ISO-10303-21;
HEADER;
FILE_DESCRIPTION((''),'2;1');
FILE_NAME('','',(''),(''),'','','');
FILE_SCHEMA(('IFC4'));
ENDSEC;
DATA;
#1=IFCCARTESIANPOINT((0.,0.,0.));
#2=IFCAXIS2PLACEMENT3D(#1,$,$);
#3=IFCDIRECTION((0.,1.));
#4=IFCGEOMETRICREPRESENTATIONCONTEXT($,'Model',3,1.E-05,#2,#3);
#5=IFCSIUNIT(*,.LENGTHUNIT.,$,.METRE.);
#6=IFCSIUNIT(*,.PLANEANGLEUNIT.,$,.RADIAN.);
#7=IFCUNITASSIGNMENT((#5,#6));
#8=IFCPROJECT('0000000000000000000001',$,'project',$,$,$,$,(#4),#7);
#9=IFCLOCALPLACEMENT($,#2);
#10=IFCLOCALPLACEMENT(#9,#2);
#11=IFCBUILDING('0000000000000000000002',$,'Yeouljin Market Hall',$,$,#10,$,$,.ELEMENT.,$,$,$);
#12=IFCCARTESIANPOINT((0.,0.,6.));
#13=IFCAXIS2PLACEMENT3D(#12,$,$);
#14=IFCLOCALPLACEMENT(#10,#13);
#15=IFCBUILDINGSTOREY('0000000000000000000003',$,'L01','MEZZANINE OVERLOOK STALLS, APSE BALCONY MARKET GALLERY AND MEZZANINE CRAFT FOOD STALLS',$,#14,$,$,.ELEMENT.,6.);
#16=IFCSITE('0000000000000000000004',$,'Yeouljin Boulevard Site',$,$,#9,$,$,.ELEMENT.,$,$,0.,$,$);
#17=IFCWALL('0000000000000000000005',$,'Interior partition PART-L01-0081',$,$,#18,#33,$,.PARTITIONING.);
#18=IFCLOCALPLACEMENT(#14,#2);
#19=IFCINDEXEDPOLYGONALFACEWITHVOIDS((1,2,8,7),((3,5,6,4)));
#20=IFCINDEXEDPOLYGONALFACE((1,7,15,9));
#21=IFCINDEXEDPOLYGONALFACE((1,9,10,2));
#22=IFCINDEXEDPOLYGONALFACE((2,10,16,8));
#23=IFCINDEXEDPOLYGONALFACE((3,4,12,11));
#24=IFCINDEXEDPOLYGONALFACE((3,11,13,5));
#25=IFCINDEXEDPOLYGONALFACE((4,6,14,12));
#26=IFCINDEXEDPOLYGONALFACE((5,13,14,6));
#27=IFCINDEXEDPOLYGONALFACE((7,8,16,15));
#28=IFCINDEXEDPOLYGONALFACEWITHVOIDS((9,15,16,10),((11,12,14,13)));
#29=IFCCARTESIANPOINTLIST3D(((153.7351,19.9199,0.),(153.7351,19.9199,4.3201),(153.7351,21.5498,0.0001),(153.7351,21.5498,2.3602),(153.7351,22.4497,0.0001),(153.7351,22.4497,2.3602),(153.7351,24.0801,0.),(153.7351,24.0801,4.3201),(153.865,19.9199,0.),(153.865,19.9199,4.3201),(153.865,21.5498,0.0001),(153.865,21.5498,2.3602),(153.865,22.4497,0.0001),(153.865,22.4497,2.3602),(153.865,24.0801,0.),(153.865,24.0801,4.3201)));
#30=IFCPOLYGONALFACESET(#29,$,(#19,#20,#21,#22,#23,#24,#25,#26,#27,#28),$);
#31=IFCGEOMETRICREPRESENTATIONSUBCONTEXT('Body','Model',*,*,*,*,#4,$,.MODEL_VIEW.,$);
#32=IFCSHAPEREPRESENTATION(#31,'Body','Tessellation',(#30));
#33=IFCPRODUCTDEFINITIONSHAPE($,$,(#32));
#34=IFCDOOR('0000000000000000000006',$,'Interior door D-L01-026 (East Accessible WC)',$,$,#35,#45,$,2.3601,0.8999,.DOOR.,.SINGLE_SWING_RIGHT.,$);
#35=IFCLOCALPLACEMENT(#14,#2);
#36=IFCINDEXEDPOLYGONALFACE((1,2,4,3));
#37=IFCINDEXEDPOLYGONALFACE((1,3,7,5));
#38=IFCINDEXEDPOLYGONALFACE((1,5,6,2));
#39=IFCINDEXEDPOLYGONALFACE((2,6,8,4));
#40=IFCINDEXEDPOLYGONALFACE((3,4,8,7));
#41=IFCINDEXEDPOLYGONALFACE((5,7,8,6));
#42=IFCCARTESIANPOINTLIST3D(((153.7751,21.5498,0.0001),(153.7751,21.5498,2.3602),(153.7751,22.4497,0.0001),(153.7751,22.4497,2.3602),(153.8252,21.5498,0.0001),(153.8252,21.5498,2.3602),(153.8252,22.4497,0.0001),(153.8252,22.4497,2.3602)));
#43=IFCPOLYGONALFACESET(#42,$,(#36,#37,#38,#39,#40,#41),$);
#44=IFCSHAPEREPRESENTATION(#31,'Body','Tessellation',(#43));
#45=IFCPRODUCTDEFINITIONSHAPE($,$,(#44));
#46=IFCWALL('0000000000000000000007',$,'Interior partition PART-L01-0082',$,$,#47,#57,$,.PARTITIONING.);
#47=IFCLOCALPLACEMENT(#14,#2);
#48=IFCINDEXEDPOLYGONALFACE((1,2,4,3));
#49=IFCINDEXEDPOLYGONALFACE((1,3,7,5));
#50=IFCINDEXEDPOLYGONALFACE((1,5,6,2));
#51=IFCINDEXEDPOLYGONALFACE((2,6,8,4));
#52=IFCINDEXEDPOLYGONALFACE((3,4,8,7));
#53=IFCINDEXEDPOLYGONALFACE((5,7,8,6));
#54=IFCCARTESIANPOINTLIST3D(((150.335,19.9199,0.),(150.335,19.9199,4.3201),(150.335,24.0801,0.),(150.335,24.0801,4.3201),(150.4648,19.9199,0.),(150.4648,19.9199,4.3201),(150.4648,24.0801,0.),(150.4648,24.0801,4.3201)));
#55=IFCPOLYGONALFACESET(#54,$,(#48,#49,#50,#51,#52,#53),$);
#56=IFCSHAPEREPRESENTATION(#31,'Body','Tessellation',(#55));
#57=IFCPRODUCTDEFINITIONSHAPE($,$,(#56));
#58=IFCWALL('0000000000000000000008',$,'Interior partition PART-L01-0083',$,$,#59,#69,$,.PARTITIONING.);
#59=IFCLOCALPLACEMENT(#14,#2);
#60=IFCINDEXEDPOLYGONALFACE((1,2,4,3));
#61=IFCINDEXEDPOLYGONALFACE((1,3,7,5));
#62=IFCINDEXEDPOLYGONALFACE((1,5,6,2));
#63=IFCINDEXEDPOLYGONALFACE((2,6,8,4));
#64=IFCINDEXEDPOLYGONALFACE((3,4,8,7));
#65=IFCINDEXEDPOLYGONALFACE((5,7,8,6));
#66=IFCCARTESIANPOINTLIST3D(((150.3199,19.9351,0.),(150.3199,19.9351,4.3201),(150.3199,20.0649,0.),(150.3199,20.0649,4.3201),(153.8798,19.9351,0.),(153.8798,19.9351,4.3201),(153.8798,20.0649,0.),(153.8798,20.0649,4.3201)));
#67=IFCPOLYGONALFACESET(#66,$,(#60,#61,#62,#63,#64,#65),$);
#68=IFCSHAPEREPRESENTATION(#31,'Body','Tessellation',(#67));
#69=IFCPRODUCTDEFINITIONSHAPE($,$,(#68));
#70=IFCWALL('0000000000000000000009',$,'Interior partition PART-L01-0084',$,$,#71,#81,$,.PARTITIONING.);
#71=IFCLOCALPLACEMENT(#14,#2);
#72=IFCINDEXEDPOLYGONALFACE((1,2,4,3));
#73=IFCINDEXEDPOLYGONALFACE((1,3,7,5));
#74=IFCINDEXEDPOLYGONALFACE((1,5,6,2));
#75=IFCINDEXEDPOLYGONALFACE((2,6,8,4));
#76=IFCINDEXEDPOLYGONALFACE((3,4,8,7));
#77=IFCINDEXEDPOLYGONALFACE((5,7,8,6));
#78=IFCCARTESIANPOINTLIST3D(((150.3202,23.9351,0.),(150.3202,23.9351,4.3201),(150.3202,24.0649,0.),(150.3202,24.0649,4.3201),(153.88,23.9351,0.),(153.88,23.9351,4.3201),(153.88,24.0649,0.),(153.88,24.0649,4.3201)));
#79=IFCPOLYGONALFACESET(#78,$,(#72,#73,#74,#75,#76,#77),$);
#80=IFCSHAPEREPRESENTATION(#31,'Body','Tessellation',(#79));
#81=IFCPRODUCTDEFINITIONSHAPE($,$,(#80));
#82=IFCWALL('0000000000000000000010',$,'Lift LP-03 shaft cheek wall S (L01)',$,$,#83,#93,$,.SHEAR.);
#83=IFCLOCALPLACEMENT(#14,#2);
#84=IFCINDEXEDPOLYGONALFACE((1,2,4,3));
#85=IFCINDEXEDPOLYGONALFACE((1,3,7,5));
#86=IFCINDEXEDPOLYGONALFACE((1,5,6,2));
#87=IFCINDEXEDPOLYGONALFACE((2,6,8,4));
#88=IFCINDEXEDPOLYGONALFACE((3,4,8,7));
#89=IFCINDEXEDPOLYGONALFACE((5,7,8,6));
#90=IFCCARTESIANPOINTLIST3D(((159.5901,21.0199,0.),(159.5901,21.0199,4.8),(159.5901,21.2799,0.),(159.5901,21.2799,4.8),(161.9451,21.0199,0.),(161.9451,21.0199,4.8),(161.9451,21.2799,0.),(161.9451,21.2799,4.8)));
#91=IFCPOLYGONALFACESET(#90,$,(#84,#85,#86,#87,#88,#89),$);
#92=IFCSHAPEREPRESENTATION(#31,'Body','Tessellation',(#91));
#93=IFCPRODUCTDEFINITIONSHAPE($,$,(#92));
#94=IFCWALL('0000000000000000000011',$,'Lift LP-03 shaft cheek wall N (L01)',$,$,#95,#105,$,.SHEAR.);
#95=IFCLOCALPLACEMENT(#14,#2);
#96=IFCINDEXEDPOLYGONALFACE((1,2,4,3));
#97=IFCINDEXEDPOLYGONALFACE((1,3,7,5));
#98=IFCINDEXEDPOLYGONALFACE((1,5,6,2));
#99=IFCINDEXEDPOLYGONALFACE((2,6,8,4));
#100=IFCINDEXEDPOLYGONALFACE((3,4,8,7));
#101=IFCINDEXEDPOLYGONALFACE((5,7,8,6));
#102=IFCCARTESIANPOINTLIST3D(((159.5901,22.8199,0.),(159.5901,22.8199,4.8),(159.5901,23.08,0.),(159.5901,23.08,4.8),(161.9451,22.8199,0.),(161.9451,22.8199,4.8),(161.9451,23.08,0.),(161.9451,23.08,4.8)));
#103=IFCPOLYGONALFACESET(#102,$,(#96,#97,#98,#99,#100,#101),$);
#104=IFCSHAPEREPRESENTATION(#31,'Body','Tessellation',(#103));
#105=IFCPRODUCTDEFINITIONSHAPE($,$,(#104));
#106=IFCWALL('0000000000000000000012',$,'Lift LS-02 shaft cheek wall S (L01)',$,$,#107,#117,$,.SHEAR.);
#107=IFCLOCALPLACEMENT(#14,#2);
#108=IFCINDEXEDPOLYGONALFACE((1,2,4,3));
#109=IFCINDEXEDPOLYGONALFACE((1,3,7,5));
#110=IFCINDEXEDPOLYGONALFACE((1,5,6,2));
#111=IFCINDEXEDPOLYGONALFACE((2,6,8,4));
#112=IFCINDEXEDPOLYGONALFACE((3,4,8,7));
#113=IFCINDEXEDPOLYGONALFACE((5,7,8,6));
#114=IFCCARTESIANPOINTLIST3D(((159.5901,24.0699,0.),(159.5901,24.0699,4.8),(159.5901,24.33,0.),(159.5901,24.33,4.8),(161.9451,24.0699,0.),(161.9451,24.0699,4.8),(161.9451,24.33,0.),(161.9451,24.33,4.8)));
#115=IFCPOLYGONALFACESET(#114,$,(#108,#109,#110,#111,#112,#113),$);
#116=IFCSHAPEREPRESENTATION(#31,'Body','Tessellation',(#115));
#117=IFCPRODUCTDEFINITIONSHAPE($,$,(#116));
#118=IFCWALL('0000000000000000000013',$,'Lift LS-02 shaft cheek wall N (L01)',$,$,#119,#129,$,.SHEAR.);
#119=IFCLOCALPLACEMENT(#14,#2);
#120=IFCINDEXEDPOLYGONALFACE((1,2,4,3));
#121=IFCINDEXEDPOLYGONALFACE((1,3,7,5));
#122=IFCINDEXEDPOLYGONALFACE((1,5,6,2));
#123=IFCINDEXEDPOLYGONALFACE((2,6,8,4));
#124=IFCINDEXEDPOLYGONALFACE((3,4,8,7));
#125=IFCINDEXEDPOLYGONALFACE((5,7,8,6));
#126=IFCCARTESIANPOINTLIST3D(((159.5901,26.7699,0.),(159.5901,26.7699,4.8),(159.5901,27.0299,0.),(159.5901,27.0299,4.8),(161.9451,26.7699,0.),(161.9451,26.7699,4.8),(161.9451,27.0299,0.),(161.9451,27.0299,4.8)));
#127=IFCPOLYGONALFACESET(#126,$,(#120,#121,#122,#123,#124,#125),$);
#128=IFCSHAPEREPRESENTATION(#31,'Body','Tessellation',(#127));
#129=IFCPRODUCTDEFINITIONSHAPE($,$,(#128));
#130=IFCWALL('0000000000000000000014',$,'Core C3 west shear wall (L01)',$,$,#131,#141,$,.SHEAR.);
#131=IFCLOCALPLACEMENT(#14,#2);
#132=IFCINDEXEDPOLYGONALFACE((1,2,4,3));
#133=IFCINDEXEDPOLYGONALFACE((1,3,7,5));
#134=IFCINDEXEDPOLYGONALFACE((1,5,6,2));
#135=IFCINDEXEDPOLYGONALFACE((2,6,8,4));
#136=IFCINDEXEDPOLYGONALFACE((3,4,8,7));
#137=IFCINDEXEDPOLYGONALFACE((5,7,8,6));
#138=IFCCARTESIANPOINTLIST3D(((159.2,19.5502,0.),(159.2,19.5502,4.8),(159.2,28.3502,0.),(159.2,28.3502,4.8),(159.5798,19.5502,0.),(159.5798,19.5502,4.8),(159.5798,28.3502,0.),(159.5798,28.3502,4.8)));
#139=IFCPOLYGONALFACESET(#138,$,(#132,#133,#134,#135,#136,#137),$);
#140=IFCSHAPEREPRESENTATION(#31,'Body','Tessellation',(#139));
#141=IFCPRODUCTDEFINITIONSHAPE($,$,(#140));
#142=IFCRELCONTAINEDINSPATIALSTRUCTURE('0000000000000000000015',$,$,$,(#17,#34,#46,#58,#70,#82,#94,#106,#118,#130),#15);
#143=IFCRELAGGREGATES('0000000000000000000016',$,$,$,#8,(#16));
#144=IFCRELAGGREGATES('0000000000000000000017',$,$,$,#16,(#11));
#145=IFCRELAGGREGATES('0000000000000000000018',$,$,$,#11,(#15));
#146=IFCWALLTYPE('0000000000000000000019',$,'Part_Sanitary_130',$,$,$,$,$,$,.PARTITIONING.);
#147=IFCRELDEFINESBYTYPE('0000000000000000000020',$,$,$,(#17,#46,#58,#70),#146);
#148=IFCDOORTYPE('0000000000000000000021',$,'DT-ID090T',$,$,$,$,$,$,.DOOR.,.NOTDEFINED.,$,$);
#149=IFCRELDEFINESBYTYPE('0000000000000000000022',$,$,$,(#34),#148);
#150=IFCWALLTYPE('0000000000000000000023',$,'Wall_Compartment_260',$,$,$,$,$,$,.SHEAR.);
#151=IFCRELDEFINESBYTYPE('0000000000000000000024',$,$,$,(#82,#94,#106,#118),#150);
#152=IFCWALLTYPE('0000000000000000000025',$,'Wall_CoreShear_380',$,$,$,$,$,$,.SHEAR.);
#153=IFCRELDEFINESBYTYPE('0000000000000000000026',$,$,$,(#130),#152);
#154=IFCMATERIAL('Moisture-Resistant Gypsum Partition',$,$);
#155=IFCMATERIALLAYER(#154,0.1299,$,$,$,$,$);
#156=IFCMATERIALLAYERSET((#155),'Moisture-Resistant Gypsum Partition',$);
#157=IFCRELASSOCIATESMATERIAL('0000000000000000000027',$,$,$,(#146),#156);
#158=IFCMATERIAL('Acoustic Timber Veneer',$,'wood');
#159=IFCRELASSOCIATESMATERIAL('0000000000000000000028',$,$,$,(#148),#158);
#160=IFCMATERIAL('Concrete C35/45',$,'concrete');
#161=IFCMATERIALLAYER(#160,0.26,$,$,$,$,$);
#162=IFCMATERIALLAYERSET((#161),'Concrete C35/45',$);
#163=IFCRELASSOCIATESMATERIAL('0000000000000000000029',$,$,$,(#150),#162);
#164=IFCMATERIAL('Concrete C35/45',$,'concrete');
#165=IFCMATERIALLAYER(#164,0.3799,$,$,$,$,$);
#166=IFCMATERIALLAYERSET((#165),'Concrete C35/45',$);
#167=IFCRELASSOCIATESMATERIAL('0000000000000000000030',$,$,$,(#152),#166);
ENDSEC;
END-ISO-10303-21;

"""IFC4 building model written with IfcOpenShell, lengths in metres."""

from ifc_helpers import new_model, si_unit, direction, frame, frame_2d, origin, place, context, subcontext, project, spatial, rectangle, extrude, material, layer, layer_set, type_object, element, fill, save


model = new_model("IFC4")

# Units and contexts
model_context = context("Model", 3, precision=1e-05, world=origin(), true_north=direction((0.0, 1.0)))
body_context = subcontext(model_context, "Body", "Model", "MODEL_VIEW")
ifc_project = project(units=[si_unit("LENGTHUNIT", "METRE"), si_unit("PLANEANGLEUNIT", "RADIAN")], contexts=[model_context])

# Site, building, storey
site_placement = place(None, origin())
site = spatial("IfcSite", under=ifc_project, at=site_placement, Name="Yeouljin Boulevard Site", CompositionType="ELEMENT", RefElevation=0.0)
building_placement = place(site_placement, origin())
building = spatial("IfcBuilding", under=site, at=building_placement, Name="Yeouljin Market Hall", CompositionType="ELEMENT")
storey_placement = place(building_placement, frame((0.0, 0.0, 6.0)))
storey = spatial("IfcBuildingStorey", under=building, at=storey_placement, Name="L01", Description="MEZZANINE OVERLOOK STALLS, APSE BALCONY MARKET GALLERY AND MEZZANINE CRAFT FOOD STALLS", CompositionType="ELEMENT", Elevation=6.0)

# Wall, opening, door
ifc_material_1 = material(Name="Moisture-Resistant Gypsum Partition")
ifc_layer_1 = layer(ifc_material_1, 0.1299)
ifc_layer_set_1 = layer_set([ifc_layer_1], Name="Moisture-Resistant Gypsum Partition")
wall_type_1 = type_object("IfcWallType", Name="Part_Sanitary_130", PredefinedType="PARTITIONING", material=ifc_layer_set_1)
wall_1_placement = place(storey_placement, frame((153.8, 19.9199, 0.0), z_axis=(0.0, 0.0, 1.0), x_axis=(0.0, 1.0, 0.0)))
wall_1 = element("IfcWall", 1, at=wall_1_placement, inside=storey, type_object=wall_type_1, Name="Interior partition PART-L01-0081", PredefinedType="PARTITIONING", context=body_context, shape_type="SweptSolid", body=[
    extrude(rectangle(XDim=4.1602, YDim=0.1299, at=frame_2d((2.0801, 0.0))), origin(), (0.0, 0.0, 1.0), 4.3201),
])
opening_1_placement = place(wall_1_placement, frame((1.6299, 0.0, 0.0)))
opening_1 = element("IfcOpeningElement", 2, at=opening_1_placement, cuts=wall_1, PredefinedType="OPENING", context=body_context, shape_type="SweptSolid", body=[
    extrude(rectangle(XDim=0.8999, YDim=2.3601, at=frame_2d((0.45, 1.1802))), frame((0.0, 0.075, 0.0), z_axis=(0.0, -1.0, 0.0), x_axis=(1.0, 0.0, 0.0)), (0.0, 0.0, 1.0), 0.1499),
])
ifc_material_2 = material(Name="Acoustic Timber Veneer", Category="wood")
door_type_1 = type_object("IfcDoorType", Name="DT-ID090T", OperationType="NOTDEFINED", PredefinedType="DOOR", material=ifc_material_2)
door_1_placement = place(opening_1_placement, origin())
door_1 = element("IfcDoor", 3, at=door_1_placement, inside=storey, type_object=door_type_1, Name="Interior door D-L01-026 (East Accessible WC)", OperationType="SINGLE_SWING_RIGHT", OverallHeight=2.3601, OverallWidth=0.8999, PredefinedType="DOOR", context=body_context, shape_type="SweptSolid", body=[
    extrude(rectangle(XDim=0.8999, YDim=2.3601, at=frame_2d((0.45, 1.1802))), frame((0.0, 0.0249, 0.0), z_axis=(0.0, -1.0, 0.0), x_axis=(1.0, 0.0, 0.0)), (0.0, 0.0, 1.0), 0.05),
])
fill(opening_1, door_1)

# Walls
wall_2_placement = place(storey_placement, frame((150.3999, 24.0801, 0.0), z_axis=(0.0, 0.0, 1.0), x_axis=(0.0, -1.0, 0.0)))
element("IfcWall", 4, at=wall_2_placement, inside=storey, type_object=wall_type_1, Name="Interior partition PART-L01-0082", PredefinedType="PARTITIONING", context=body_context, shape_type="SweptSolid", body=[
    extrude(rectangle(XDim=4.1602, YDim=0.1299, at=frame_2d((2.0801, 0.0))), origin(), (0.0, 0.0, 1.0), 4.3201),
])
for number, where, z_axis, x_axis, name in (
    (5, (150.3201, 20.0, 0.0), (0.0, 0.0, 1.0), (1.0, 0.0, 0.0), "Interior partition PART-L01-0083"),
    (6, (153.8799, 24.0, 0.0), (0.0, 0.0, 1.0), (-1.0, 0.0, 0.0), "Interior partition PART-L01-0084"),
):
    element("IfcWall", number, at=place(storey_placement, frame(where, z_axis=z_axis, x_axis=x_axis)), inside=storey, type_object=wall_type_1, Name=name, PredefinedType="PARTITIONING", context=body_context, shape_type="SweptSolid", body=[
        extrude(rectangle(XDim=3.5598, YDim=0.1299, at=frame_2d((1.7798, 0.0))), origin(), (0.0, 0.0, 1.0), 4.3201),
    ])
ifc_material_3 = material(Name="Concrete C35/45", Category="concrete")
ifc_layer_2 = layer(ifc_material_3, 0.26)
ifc_layer_set_2 = layer_set([ifc_layer_2], Name="Concrete C35/45")
wall_type_2 = type_object("IfcWallType", Name="Wall_Compartment_260", PredefinedType="SHEAR", material=ifc_layer_set_2)
for number, where, z_axis, x_axis, name in (
    (7, (159.5901, 21.1499, 0.0), (0.0, 0.0, 1.0), (1.0, 0.0, 0.0), "Lift LP-03 shaft cheek wall S (L01)"),
    (8, (159.5901, 22.95, 0.0), (0.0, 0.0, 1.0), (1.0, 0.0, 0.0), "Lift LP-03 shaft cheek wall N (L01)"),
    (9, (159.5901, 24.2, 0.0), (0.0, 0.0, 1.0), (1.0, 0.0, 0.0), "Lift LS-02 shaft cheek wall S (L01)"),
    (10, (159.5901, 26.8999, 0.0), (0.0, 0.0, 1.0), (1.0, 0.0, 0.0), "Lift LS-02 shaft cheek wall N (L01)"),
):
    element("IfcWall", number, at=place(storey_placement, frame(where, z_axis=z_axis, x_axis=x_axis)), inside=storey, type_object=wall_type_2, Name=name, PredefinedType="SHEAR", context=body_context, shape_type="SweptSolid", body=[
        extrude(rectangle(XDim=2.355, YDim=0.26, at=frame_2d((1.1775, 0.0))), origin(), (0.0, 0.0, 1.0), 4.8),
    ])

# Shared definitions
ifc_material_4 = material(Name="Concrete C35/45", Category="concrete")
ifc_layer_3 = layer(ifc_material_4, 0.3799)
ifc_layer_set_3 = layer_set([ifc_layer_3], Name="Concrete C35/45")
wall_type_3 = type_object("IfcWallType", Name="Wall_CoreShear_380", PredefinedType="SHEAR", material=ifc_layer_set_3)

# Wall
wall_3_placement = place(storey_placement, frame((159.3899, 28.3501, 0.0), z_axis=(0.0, 0.0, 1.0), x_axis=(0.0, -1.0, 0.0)))
element("IfcWall", 11, at=wall_3_placement, inside=storey, type_object=wall_type_3, Name="Core C3 west shear wall (L01)", PredefinedType="SHEAR", context=body_context, shape_type="SweptSolid", body=[
    extrude(rectangle(XDim=8.8, YDim=0.3799, at=frame_2d((4.3999, 0.0))), origin(), (0.0, 0.0, 1.0), 4.8),
])

save(model, "model.ifc")
